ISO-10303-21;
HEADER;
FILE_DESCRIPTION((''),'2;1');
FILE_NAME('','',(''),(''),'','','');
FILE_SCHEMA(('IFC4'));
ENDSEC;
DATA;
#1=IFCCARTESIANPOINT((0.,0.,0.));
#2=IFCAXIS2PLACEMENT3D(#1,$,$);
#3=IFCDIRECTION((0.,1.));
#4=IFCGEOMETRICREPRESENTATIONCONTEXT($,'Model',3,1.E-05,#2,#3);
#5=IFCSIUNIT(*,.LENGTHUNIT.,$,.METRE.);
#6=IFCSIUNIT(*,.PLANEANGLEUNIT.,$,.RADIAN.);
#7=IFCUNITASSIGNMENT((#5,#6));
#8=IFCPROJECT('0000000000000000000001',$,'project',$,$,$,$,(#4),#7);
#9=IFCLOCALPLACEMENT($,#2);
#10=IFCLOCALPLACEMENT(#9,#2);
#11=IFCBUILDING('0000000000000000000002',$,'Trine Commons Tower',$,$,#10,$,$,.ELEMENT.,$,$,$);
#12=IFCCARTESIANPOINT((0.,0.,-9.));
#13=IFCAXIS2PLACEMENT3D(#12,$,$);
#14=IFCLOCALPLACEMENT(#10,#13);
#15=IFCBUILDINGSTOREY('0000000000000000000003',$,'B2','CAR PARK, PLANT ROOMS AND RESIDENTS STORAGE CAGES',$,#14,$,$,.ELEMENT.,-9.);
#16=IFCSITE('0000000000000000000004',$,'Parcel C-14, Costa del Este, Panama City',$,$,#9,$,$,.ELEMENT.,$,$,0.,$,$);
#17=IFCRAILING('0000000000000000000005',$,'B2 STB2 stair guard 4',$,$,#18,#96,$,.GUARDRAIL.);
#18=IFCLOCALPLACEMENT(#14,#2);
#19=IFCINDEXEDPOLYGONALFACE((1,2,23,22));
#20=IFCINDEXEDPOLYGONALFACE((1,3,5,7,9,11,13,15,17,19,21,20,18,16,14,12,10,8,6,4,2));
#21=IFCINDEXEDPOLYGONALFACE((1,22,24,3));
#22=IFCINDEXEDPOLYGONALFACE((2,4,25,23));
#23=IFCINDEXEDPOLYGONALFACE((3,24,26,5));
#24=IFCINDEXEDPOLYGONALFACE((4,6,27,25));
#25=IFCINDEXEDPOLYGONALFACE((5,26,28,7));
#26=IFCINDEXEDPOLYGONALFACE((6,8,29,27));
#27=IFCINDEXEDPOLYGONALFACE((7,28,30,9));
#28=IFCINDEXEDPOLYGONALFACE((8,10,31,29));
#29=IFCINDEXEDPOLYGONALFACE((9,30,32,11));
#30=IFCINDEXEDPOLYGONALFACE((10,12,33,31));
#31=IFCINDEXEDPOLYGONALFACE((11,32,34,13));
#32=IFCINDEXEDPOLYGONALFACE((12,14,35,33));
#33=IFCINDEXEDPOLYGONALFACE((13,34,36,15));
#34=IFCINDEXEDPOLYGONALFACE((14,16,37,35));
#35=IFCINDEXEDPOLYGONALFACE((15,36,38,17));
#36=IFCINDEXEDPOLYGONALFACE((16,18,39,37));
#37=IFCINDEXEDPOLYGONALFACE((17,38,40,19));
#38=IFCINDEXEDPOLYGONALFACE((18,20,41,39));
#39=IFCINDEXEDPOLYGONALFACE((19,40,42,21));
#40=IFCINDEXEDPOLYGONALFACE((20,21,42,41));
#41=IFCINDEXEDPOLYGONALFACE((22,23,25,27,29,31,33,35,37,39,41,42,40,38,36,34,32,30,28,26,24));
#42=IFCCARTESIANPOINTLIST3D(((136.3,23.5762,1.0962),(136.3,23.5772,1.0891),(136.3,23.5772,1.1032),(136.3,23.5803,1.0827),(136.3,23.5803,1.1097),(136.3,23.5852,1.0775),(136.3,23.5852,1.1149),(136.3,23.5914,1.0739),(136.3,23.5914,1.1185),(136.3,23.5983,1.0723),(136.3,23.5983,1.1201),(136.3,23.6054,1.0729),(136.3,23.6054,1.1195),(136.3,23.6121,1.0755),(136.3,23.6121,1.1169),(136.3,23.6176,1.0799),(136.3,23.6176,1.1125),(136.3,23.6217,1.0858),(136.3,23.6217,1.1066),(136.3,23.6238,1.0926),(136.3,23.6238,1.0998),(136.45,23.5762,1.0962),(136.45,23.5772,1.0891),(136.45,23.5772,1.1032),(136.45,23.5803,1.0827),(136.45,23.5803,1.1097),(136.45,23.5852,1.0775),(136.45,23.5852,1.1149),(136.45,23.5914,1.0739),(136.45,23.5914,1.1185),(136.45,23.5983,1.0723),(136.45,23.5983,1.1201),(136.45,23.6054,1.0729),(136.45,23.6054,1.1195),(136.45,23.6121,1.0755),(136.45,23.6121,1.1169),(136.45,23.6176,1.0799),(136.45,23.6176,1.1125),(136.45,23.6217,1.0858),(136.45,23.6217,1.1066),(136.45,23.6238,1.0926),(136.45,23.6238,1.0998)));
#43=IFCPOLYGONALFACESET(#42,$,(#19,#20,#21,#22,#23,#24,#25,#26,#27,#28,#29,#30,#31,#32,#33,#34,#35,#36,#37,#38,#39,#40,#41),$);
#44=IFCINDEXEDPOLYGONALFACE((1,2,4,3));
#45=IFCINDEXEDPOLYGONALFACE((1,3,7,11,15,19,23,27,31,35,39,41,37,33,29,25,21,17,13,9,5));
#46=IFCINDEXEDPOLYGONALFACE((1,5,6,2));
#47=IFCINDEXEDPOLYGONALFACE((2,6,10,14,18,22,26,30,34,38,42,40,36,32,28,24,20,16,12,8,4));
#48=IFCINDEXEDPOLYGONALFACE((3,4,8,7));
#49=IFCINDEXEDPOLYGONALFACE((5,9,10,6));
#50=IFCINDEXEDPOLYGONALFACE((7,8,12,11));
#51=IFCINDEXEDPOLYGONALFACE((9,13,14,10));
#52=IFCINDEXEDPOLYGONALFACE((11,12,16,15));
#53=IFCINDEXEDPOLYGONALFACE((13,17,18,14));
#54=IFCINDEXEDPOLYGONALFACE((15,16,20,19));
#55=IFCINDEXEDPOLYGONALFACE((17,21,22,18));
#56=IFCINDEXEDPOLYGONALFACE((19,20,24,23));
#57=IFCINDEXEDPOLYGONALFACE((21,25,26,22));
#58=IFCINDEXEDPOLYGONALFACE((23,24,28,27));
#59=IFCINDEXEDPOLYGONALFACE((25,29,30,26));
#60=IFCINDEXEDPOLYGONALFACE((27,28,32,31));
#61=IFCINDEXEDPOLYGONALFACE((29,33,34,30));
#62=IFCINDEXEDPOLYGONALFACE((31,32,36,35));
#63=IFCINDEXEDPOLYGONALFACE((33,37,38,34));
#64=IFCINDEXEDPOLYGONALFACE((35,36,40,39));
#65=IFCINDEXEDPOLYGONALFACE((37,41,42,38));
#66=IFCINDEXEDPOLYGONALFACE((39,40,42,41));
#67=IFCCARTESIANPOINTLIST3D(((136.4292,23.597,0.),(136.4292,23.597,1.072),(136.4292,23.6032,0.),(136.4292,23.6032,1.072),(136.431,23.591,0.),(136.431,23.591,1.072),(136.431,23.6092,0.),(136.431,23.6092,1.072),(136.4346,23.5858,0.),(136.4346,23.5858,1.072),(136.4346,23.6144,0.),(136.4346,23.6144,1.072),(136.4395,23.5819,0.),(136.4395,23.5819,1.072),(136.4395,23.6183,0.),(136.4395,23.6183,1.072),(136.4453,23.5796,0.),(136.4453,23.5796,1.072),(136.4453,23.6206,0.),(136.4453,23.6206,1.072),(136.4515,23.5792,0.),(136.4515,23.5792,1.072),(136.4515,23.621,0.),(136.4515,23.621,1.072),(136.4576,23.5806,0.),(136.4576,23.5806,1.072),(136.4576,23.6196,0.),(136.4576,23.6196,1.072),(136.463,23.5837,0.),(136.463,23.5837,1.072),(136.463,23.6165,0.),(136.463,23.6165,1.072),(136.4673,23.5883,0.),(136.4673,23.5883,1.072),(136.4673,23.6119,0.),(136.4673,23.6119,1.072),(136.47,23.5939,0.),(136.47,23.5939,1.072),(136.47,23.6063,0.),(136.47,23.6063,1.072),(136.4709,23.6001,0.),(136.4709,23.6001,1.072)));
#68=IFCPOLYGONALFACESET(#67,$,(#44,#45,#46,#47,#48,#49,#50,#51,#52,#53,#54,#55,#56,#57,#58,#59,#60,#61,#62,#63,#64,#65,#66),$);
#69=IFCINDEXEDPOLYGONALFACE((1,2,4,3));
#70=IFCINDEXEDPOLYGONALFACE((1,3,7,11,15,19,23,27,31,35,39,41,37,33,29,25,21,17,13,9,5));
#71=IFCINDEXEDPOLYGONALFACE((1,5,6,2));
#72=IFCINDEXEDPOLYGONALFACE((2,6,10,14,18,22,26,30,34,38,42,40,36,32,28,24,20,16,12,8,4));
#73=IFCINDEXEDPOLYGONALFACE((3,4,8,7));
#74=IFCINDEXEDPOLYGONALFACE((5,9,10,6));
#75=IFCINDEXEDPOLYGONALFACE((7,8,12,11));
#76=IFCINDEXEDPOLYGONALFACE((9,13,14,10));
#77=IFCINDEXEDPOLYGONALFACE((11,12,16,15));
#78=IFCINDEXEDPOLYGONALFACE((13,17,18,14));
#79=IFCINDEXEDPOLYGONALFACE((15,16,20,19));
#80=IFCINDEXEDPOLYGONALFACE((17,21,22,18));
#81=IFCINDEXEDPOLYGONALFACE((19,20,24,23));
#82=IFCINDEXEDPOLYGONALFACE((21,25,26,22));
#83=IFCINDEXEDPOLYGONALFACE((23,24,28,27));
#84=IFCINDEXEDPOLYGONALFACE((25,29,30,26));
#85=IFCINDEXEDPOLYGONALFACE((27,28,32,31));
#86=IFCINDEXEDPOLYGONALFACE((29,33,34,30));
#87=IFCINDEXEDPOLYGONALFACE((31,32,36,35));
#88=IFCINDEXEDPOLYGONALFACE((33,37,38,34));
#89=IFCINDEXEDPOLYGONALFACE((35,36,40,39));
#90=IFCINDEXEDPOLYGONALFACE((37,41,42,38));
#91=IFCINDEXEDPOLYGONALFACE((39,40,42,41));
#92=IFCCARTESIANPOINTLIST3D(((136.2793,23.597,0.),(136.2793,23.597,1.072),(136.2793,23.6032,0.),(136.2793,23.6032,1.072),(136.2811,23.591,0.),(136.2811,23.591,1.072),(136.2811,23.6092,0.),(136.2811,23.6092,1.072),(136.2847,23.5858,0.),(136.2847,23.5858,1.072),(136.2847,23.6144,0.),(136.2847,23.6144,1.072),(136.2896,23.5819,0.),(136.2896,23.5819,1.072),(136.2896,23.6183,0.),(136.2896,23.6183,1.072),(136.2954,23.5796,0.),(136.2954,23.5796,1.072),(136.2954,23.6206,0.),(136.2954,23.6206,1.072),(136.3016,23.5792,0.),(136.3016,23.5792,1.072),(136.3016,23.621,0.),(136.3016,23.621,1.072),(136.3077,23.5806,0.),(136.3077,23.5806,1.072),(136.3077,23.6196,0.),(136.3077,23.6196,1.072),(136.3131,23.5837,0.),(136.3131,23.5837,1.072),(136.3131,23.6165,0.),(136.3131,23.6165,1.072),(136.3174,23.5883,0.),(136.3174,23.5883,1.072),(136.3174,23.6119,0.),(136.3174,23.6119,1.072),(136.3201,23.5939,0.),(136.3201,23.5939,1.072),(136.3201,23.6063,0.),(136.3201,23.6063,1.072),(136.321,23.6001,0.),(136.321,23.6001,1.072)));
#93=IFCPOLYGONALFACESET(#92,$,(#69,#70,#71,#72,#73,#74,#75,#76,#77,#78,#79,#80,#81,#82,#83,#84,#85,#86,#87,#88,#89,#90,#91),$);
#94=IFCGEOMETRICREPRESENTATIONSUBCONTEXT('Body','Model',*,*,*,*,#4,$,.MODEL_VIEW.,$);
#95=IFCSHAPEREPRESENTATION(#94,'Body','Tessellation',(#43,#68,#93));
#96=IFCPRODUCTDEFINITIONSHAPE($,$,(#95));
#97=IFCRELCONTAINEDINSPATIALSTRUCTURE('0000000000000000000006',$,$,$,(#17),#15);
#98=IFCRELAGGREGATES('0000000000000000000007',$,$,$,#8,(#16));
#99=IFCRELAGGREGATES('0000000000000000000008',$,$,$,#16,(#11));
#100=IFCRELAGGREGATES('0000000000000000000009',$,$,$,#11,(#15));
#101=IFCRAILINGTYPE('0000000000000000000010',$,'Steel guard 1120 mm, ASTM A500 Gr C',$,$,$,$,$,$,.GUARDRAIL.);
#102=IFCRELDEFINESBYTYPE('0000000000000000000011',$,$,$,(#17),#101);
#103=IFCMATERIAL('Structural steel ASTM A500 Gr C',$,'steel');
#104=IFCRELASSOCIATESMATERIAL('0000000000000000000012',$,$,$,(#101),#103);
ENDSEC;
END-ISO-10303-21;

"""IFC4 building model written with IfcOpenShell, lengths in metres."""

from ifc_helpers import new_model, si_unit, direction, frame, origin, origin_2d, place, context, subcontext, project, spatial, circle, extrude, material, type_object, element, save


model = new_model("IFC4")

# Units and contexts
model_context = context("Model", 3, precision=1e-05, world=origin(), true_north=direction((0.0, 1.0)))
body_context = subcontext(model_context, "Body", "Model", "MODEL_VIEW")
ifc_project = project(units=[si_unit("LENGTHUNIT", "METRE"), si_unit("PLANEANGLEUNIT", "RADIAN")], contexts=[model_context])

# Site, building, storey
site_placement = place(None, origin())
site = spatial("IfcSite", under=ifc_project, at=site_placement, Name="Parcel C-14, Costa del Este, Panama City", CompositionType="ELEMENT", RefElevation=0.0)
building_placement = place(site_placement, origin())
building = spatial("IfcBuilding", under=site, at=building_placement, Name="Trine Commons Tower", CompositionType="ELEMENT")
storey_placement = place(building_placement, frame((0.0, 0.0, -9.0)))
storey = spatial("IfcBuildingStorey", under=building, at=storey_placement, Name="B2", Description="CAR PARK, PLANT ROOMS AND RESIDENTS STORAGE CAGES", CompositionType="ELEMENT", Elevation=-9.0)

# Railing
ifc_material_1 = material(Name="Structural steel ASTM A500 Gr C", Category="steel")
railing_type_1 = type_object("IfcRailingType", Name="Steel guard 1120 mm, ASTM A500 Gr C", PredefinedType="GUARDRAIL", material=ifc_material_1)
railing_1_placement = place(storey_placement, frame((136.45, 23.6001, 0.0)))
element("IfcRailing", 1, at=railing_1_placement, inside=storey, type_object=railing_type_1, Name="B2 STB2 stair guard 4", PredefinedType="GUARDRAIL", context=body_context, shape_type="SweptSolid", body=[
    extrude(circle(Radius=0.0239, at=origin_2d()), frame((0.0, 0.0, 1.0962), z_axis=(-1.0, 0.0, 0.0), x_axis=(0.0, -1.0, 0.0)), (0.0, 0.0, 1.0), 0.1499),
    extrude(circle(Radius=0.021, at=origin_2d()), origin(), (0.0, 0.0, 1.0), 1.072),
    extrude(circle(Radius=0.021, at=origin_2d()), frame((-0.1499, 0.0, 0.0)), (0.0, 0.0, 1.0), 1.072),
])

save(model, "model.ifc")
